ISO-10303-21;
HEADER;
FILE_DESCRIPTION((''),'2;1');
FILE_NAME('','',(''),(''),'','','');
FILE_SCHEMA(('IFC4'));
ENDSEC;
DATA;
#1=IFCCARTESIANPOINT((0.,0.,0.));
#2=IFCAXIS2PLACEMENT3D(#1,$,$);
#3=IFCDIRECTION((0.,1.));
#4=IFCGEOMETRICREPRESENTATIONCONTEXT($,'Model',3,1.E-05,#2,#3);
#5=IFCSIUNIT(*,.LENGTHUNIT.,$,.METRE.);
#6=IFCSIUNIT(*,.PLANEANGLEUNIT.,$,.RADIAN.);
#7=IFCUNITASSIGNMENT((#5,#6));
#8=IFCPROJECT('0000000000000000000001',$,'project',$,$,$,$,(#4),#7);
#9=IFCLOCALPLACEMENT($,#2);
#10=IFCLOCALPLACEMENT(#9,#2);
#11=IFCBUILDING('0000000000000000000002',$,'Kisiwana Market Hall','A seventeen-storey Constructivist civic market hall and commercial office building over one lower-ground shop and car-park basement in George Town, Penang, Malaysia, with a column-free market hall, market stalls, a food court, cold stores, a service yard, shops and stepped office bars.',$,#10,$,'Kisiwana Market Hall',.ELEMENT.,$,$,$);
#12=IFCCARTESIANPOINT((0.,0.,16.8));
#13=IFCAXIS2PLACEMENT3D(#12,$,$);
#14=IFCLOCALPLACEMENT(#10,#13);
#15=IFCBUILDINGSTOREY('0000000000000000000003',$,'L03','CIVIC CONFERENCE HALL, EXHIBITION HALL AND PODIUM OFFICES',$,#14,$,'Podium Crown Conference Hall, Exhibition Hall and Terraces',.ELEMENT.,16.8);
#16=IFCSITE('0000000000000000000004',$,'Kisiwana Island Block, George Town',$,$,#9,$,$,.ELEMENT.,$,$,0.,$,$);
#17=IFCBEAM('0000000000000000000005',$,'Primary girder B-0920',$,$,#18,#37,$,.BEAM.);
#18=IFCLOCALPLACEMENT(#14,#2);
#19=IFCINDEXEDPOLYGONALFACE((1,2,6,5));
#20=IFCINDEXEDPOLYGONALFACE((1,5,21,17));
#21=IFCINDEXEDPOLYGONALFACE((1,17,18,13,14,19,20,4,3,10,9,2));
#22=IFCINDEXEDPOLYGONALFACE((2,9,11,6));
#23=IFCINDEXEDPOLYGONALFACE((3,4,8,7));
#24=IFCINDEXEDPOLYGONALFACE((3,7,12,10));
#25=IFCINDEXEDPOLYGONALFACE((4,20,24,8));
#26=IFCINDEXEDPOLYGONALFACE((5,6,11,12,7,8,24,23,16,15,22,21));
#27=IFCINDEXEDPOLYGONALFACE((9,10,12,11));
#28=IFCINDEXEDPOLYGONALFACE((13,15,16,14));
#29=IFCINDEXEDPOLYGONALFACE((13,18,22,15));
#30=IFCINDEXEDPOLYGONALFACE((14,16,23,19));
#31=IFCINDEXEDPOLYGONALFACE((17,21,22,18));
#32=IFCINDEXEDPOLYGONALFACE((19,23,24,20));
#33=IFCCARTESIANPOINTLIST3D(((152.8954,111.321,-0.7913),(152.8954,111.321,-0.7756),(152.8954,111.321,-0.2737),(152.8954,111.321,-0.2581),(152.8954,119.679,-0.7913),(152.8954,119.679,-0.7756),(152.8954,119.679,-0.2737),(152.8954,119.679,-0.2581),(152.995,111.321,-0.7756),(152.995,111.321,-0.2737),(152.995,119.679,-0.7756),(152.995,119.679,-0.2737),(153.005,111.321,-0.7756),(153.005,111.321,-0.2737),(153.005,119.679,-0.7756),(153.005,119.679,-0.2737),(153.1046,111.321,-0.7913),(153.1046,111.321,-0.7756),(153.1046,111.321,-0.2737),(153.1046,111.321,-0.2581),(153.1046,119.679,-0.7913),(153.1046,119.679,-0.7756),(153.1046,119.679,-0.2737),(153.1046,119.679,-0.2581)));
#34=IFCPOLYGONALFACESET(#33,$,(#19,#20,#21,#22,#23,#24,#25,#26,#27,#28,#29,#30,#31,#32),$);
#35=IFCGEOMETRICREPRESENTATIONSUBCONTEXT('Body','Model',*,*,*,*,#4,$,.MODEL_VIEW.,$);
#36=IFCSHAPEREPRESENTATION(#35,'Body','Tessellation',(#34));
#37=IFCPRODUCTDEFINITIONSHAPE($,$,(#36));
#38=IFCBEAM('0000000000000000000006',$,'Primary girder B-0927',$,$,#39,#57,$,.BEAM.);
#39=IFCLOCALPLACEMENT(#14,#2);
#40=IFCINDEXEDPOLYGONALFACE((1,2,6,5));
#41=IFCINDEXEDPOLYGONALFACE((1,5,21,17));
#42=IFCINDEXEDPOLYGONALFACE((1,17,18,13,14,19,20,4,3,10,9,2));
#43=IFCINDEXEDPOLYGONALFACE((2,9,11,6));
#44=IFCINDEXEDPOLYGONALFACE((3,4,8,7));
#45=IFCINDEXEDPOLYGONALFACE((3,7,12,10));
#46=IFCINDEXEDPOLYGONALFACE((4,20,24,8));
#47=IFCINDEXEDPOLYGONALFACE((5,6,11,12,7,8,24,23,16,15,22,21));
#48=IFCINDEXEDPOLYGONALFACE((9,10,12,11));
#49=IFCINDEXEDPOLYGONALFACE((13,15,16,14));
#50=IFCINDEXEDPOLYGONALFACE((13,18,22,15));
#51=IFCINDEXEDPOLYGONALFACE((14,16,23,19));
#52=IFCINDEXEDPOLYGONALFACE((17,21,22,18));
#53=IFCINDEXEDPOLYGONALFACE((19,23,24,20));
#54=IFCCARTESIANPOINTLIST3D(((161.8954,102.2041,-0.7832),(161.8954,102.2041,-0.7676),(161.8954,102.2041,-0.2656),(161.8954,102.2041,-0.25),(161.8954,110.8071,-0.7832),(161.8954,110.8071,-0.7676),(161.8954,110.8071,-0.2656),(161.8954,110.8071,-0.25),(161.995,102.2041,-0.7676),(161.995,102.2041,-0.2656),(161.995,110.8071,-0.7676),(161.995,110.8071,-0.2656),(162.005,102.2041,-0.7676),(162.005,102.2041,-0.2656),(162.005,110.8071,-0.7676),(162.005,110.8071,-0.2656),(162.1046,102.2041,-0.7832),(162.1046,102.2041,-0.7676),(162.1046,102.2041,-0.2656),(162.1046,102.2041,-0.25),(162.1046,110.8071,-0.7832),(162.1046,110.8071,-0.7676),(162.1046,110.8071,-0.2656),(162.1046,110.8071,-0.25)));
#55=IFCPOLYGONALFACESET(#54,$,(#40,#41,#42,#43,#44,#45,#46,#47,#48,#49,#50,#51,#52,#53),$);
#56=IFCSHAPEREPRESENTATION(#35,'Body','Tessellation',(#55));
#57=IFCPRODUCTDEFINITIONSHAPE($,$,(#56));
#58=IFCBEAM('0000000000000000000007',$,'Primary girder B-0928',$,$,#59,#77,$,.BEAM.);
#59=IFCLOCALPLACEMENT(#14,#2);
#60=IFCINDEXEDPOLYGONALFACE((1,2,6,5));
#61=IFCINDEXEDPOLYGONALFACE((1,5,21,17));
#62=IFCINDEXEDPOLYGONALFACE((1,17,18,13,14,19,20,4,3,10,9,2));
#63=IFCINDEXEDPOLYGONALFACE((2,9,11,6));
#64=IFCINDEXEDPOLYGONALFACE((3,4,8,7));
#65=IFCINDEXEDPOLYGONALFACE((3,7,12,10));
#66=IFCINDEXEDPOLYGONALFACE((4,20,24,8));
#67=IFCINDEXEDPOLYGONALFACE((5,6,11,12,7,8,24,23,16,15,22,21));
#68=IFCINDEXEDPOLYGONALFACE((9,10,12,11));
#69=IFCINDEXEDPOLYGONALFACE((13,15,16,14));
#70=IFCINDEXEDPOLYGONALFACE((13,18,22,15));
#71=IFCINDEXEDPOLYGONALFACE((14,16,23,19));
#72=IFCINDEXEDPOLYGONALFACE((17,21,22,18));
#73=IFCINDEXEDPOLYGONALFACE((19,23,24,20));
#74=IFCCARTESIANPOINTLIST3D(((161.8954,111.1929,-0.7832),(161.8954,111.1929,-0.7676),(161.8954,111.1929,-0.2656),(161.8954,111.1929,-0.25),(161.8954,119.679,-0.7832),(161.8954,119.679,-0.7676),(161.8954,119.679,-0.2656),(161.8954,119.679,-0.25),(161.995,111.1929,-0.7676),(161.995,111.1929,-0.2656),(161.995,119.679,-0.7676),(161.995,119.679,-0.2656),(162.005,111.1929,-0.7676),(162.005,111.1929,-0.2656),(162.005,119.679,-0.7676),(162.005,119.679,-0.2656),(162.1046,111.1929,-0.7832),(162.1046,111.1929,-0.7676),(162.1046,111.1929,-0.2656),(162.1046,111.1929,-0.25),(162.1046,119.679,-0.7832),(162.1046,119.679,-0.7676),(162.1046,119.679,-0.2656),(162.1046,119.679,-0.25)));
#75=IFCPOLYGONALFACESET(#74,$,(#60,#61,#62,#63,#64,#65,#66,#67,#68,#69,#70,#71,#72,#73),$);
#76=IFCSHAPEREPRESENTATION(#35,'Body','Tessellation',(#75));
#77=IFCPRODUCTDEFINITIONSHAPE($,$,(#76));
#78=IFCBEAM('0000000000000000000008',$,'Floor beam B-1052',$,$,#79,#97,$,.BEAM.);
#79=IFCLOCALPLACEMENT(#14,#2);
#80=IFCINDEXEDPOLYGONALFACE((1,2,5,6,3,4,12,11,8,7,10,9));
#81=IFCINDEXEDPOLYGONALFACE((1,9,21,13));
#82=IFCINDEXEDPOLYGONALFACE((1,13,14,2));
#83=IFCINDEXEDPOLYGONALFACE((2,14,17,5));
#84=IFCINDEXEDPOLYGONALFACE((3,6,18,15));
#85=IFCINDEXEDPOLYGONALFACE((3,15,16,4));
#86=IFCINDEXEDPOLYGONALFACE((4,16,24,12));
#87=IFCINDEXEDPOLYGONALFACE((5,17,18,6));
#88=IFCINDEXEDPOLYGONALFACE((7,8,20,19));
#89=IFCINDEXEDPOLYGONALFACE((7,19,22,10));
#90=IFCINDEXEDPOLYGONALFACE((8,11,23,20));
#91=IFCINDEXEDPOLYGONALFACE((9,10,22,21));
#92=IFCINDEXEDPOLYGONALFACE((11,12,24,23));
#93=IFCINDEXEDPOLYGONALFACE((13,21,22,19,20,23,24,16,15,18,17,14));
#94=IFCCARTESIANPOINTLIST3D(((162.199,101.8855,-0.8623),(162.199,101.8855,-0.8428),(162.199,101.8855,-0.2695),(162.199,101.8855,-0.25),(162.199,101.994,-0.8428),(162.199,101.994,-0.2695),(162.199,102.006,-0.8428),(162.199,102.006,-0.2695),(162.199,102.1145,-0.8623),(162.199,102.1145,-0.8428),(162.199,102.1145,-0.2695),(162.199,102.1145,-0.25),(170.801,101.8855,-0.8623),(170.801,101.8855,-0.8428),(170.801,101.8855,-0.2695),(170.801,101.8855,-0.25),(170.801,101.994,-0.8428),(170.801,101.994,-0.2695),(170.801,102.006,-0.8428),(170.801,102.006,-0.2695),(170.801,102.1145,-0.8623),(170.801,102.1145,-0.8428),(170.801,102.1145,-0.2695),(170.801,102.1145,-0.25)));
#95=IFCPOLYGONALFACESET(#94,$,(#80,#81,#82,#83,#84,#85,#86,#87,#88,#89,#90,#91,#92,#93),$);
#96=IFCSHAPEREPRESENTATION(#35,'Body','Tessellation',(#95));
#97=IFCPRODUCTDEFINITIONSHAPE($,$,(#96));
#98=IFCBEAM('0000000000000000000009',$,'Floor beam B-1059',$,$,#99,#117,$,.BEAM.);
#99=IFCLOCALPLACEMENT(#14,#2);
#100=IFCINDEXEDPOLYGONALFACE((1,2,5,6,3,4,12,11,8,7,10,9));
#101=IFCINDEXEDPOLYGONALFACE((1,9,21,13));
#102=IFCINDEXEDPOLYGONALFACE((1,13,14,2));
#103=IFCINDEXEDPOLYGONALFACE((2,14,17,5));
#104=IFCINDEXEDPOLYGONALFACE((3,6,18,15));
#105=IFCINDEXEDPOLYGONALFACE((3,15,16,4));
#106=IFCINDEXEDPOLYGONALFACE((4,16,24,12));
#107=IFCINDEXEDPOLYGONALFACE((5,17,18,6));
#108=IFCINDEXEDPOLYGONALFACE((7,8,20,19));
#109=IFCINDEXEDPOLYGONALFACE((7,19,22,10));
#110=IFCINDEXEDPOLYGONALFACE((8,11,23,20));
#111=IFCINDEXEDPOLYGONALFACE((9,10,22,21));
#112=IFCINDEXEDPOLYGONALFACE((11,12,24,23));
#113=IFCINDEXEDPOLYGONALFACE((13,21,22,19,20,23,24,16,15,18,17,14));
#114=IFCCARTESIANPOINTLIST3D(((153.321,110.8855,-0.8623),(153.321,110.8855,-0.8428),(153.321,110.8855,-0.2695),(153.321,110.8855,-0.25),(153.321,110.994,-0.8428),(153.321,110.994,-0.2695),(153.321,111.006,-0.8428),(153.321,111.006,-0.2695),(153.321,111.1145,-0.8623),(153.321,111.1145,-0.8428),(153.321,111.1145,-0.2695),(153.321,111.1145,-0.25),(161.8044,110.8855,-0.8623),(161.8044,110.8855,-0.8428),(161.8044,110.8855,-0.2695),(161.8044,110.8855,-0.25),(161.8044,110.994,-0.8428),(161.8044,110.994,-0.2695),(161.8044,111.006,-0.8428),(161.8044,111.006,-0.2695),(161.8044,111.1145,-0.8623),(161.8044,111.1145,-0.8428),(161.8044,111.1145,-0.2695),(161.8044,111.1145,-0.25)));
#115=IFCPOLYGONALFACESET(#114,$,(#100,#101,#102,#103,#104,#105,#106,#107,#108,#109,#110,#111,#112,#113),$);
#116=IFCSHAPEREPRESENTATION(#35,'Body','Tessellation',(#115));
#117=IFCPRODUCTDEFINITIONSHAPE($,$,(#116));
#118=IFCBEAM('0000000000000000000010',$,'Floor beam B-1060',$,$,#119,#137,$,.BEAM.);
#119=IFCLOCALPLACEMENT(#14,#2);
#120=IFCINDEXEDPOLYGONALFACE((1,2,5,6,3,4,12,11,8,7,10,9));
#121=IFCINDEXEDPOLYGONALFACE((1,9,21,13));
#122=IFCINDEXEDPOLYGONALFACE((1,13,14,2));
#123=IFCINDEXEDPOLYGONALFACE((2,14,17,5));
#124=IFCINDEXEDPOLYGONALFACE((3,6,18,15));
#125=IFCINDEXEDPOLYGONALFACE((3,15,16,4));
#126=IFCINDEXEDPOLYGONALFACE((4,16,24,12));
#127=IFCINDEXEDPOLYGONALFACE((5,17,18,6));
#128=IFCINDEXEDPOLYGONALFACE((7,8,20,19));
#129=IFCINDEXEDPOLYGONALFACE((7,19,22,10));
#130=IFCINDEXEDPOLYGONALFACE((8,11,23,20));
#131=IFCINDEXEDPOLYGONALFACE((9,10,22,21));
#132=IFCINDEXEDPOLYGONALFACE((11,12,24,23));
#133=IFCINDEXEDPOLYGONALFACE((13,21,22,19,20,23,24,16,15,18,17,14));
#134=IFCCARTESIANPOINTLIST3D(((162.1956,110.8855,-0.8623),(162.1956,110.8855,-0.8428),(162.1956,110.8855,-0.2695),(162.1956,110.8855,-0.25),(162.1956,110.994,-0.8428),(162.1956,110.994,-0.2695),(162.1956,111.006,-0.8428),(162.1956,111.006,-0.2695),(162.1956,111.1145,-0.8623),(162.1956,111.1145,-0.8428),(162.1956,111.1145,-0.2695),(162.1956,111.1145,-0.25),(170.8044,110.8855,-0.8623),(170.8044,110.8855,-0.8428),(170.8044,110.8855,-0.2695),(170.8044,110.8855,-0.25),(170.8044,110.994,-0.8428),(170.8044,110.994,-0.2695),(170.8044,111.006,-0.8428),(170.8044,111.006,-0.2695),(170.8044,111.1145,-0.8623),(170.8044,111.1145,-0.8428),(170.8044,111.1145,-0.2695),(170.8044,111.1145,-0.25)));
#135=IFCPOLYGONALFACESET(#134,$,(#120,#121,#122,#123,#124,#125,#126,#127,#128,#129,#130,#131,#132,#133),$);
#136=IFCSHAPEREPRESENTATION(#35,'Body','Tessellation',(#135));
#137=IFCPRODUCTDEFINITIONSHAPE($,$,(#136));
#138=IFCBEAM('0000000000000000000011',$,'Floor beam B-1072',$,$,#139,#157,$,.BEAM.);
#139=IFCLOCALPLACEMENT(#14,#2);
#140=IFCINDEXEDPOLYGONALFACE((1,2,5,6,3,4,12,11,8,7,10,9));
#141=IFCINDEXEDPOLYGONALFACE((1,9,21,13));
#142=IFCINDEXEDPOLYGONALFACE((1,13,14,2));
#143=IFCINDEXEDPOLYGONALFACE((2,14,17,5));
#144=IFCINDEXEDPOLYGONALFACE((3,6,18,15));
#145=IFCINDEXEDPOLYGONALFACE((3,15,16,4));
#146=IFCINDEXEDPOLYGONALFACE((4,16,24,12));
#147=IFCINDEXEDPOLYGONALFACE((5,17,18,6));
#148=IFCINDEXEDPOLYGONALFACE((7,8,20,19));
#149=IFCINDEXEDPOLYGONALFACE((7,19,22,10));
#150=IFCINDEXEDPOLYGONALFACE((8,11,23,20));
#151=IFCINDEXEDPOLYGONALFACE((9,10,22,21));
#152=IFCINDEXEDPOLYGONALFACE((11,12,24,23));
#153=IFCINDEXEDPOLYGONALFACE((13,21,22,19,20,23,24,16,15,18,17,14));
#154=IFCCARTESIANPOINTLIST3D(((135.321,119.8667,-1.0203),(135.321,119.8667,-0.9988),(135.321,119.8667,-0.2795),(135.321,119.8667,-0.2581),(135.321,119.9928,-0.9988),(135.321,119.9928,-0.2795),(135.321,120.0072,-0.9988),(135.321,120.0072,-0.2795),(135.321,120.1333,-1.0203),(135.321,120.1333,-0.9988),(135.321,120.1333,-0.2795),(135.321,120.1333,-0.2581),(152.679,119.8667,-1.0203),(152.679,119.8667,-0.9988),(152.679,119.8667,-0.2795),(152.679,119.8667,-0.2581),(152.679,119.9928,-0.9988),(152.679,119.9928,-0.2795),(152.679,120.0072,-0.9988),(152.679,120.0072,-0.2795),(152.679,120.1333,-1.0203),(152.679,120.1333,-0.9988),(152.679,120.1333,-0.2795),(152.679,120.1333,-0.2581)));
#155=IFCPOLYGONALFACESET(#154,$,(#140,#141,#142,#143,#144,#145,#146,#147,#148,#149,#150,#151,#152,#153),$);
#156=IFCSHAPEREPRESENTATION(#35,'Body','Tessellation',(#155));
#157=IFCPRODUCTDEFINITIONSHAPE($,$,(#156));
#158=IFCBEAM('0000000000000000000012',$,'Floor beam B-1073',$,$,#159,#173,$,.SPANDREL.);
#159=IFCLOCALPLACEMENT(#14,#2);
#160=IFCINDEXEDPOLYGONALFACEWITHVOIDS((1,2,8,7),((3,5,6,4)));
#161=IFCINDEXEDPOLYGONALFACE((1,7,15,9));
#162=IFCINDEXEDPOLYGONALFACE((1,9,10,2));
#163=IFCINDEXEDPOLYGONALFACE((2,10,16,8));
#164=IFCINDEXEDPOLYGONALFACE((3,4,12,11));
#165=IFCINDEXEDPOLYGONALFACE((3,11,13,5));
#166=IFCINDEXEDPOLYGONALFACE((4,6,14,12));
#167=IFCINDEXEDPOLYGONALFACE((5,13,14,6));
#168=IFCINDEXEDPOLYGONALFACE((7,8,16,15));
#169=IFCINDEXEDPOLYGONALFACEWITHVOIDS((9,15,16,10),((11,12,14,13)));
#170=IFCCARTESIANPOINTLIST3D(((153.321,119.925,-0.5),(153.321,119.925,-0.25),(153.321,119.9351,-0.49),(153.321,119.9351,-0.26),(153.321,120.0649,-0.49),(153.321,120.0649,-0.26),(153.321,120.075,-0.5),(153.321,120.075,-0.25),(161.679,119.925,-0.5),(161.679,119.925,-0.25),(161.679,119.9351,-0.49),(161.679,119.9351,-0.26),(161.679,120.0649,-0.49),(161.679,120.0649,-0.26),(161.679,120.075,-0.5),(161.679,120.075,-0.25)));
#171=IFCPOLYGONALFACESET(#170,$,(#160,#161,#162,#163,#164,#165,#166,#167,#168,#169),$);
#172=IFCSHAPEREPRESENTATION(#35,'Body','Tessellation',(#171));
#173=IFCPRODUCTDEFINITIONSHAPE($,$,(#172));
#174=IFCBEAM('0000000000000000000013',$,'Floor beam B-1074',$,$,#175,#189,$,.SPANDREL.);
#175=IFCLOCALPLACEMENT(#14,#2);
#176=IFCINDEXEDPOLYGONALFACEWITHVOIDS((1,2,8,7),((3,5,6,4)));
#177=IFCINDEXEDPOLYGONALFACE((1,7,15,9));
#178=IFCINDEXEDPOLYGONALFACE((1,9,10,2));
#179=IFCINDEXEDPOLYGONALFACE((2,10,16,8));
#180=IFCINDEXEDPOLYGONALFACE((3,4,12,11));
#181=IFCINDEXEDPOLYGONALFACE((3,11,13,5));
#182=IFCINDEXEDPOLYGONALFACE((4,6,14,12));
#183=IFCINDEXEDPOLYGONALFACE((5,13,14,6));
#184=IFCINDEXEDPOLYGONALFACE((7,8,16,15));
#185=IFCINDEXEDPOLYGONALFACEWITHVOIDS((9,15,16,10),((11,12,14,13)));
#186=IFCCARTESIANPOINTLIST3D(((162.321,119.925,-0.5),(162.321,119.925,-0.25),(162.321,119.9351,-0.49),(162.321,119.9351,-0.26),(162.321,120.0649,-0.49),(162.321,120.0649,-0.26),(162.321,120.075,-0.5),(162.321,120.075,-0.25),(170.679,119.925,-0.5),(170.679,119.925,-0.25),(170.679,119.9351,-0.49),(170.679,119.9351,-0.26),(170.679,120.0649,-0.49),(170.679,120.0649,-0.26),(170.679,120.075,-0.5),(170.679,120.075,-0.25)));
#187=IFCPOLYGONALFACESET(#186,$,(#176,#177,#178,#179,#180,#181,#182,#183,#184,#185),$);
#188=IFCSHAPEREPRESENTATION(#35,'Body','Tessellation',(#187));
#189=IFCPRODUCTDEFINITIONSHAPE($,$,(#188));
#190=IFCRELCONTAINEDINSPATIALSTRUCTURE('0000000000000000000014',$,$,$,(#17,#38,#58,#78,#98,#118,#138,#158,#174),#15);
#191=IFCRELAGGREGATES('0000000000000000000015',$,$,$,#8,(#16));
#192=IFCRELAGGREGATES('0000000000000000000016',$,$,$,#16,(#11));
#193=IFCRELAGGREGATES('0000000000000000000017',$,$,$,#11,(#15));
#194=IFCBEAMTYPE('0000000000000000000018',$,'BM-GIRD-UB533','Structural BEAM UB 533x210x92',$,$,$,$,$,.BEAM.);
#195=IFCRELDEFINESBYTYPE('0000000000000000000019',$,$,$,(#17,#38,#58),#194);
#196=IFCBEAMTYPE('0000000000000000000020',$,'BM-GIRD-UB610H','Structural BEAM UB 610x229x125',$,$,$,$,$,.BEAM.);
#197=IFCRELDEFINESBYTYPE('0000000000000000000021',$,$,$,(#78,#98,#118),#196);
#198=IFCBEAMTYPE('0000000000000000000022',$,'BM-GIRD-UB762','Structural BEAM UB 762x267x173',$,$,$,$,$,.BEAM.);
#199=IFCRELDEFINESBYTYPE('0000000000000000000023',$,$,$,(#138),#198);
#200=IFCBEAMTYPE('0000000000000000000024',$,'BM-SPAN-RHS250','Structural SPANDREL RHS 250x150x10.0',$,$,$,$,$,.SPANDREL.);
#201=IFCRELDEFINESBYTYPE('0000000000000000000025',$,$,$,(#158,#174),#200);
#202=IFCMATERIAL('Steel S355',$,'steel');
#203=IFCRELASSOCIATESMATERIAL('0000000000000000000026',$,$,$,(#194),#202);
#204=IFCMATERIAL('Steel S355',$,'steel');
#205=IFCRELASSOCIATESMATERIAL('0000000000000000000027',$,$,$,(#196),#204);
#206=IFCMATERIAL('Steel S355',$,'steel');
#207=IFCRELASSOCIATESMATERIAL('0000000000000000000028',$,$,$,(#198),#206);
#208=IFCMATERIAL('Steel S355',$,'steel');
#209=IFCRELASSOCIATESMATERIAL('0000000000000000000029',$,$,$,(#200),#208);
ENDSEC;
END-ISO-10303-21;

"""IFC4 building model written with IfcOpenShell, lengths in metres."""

from ifc_helpers import new_model, si_unit, direction, frame, origin, origin_2d, place, context, subcontext, project, spatial, hollow_rectangle, i_section, extrude, material, material_profile, profile_set, type_object, element, save


model = new_model("IFC4")

# Units and contexts
model_context = context("Model", 3, precision=1e-05, world=origin(), true_north=direction((0.0, 1.0)))
body_context = subcontext(model_context, "Body", "Model", "MODEL_VIEW")
ifc_project = project(units=[si_unit("LENGTHUNIT", "METRE"), si_unit("PLANEANGLEUNIT", "RADIAN")], contexts=[model_context])

# Site, building, storey
site_placement = place(None, origin())
site = spatial("IfcSite", under=ifc_project, at=site_placement, Name="Kisiwana Island Block, George Town", CompositionType="ELEMENT", RefElevation=0.0)
building_placement = place(site_placement, origin())
building = spatial("IfcBuilding", under=site, at=building_placement, Name="Kisiwana Market Hall", Description="A seventeen-storey Constructivist civic market hall and commercial office building over one lower-ground shop and car-park basement in George Town, Penang, Malaysia, with a column-free market hall, market stalls, a food court, cold stores, a service yard, shops and stepped office bars.", LongName="Kisiwana Market Hall", CompositionType="ELEMENT")
storey_placement = place(building_placement, frame((0.0, 0.0, 16.8)))
storey = spatial("IfcBuildingStorey", under=building, at=storey_placement, Name="L03", Description="CIVIC CONFERENCE HALL, EXHIBITION HALL AND PODIUM OFFICES", LongName="Podium Crown Conference Hall, Exhibition Hall and Terraces", CompositionType="ELEMENT", Elevation=16.8)

# Beams
ifc_material_1 = material(Name="Steel S355", Category="steel")
ifc_material_profile_1 = material_profile(ifc_material_1, i_section(OverallWidth=0.2092, OverallDepth=0.5332, WebThickness=0.01, FlangeThickness=0.0156, at=origin_2d()), Name="UB 533x210x92")
ifc_profile_set_1 = profile_set([ifc_material_profile_1], Name="Steel S355")
beam_type_1 = type_object("IfcBeamType", Name="BM-GIRD-UB533", Description="Structural BEAM UB 533x210x92", PredefinedType="BEAM", material=ifc_profile_set_1)
for number, where, z_axis, x_axis, name in (
    (1, (153.0, 111.321, -0.5247), (0.0, 1.0, 0.0), (-1.0, 0.0, 0.0), "Primary girder B-0920"),
):
    element("IfcBeam", number, at=place(storey_placement, frame(where, z_axis=z_axis, x_axis=x_axis)), inside=storey, type_object=beam_type_1, Name=name, PredefinedType="BEAM", context=body_context, shape_type="SweptSolid", body=[
        extrude(i_section(OverallWidth=0.2092, OverallDepth=0.5332, WebThickness=0.01, FlangeThickness=0.0156, at=origin_2d()), origin(), (0.0, 0.0, 1.0), 8.3579),
    ])
beam_1_placement = place(storey_placement, frame((162.0, 102.2041, -0.5166), z_axis=(0.0, 1.0, 0.0), x_axis=(-1.0, 0.0, 0.0)))
element("IfcBeam", 2, at=beam_1_placement, inside=storey, type_object=beam_type_1, Name="Primary girder B-0927", PredefinedType="BEAM", context=body_context, shape_type="SweptSolid", body=[
    extrude(i_section(OverallWidth=0.2092, OverallDepth=0.5332, WebThickness=0.01, FlangeThickness=0.0156, at=origin_2d()), origin(), (0.0, 0.0, 1.0), 8.603),
])
beam_2_placement = place(storey_placement, frame((162.0, 111.1929, -0.5166), z_axis=(0.0, 1.0, 0.0), x_axis=(-1.0, 0.0, 0.0)))
element("IfcBeam", 3, at=beam_2_placement, inside=storey, type_object=beam_type_1, Name="Primary girder B-0928", PredefinedType="BEAM", context=body_context, shape_type="SweptSolid", body=[
    extrude(i_section(OverallWidth=0.2092, OverallDepth=0.5332, WebThickness=0.01, FlangeThickness=0.0156, at=origin_2d()), origin(), (0.0, 0.0, 1.0), 8.4861),
])
ifc_material_2 = material(Name="Steel S355", Category="steel")
ifc_material_profile_2 = material_profile(ifc_material_2, i_section(OverallWidth=0.229, OverallDepth=0.6123, WebThickness=0.012, FlangeThickness=0.0195, at=origin_2d()), Name="UB 610x229x125")
ifc_profile_set_2 = profile_set([ifc_material_profile_2], Name="Steel S355")
beam_type_2 = type_object("IfcBeamType", Name="BM-GIRD-UB610H", Description="Structural BEAM UB 610x229x125", PredefinedType="BEAM", material=ifc_profile_set_2)
beam_3_placement = place(storey_placement, frame((162.199, 102.0, -0.5562), z_axis=(1.0, 0.0, 0.0), x_axis=(0.0, 1.0, 0.0)))
element("IfcBeam", 4, at=beam_3_placement, inside=storey, type_object=beam_type_2, Name="Floor beam B-1052", PredefinedType="BEAM", context=body_context, shape_type="SweptSolid", body=[
    extrude(i_section(OverallWidth=0.229, OverallDepth=0.6123, WebThickness=0.012, FlangeThickness=0.0195, at=origin_2d()), origin(), (0.0, 0.0, 1.0), 8.6021),
])
beam_4_placement = place(storey_placement, frame((153.321, 111.0, -0.5562), z_axis=(1.0, 0.0, 0.0), x_axis=(0.0, 1.0, 0.0)))
element("IfcBeam", 5, at=beam_4_placement, inside=storey, type_object=beam_type_2, Name="Floor beam B-1059", PredefinedType="BEAM", context=body_context, shape_type="SweptSolid", body=[
    extrude(i_section(OverallWidth=0.229, OverallDepth=0.6123, WebThickness=0.012, FlangeThickness=0.0195, at=origin_2d()), origin(), (0.0, 0.0, 1.0), 8.4834),
])
beam_5_placement = place(storey_placement, frame((162.1956, 111.0, -0.5562), z_axis=(1.0, 0.0, 0.0), x_axis=(0.0, 1.0, 0.0)))
element("IfcBeam", 6, at=beam_5_placement, inside=storey, type_object=beam_type_2, Name="Floor beam B-1060", PredefinedType="BEAM", context=body_context, shape_type="SweptSolid", body=[
    extrude(i_section(OverallWidth=0.229, OverallDepth=0.6123, WebThickness=0.012, FlangeThickness=0.0195, at=origin_2d()), origin(), (0.0, 0.0, 1.0), 8.6089),
])
ifc_material_3 = material(Name="Steel S355", Category="steel")
ifc_material_profile_3 = material_profile(ifc_material_3, i_section(OverallWidth=0.2666, OverallDepth=0.7622, WebThickness=0.0144, FlangeThickness=0.0215, at=origin_2d()), Name="UB 762x267x173")
ifc_profile_set_3 = profile_set([ifc_material_profile_3], Name="Steel S355")
beam_type_3 = type_object("IfcBeamType", Name="BM-GIRD-UB762", Description="Structural BEAM UB 762x267x173", PredefinedType="BEAM", material=ifc_profile_set_3)
beam_6_placement = place(storey_placement, frame((135.321, 120.0, -0.6392), z_axis=(1.0, 0.0, 0.0), x_axis=(0.0, 1.0, 0.0)))
element("IfcBeam", 7, at=beam_6_placement, inside=storey, type_object=beam_type_3, Name="Floor beam B-1072", PredefinedType="BEAM", context=body_context, shape_type="SweptSolid", body=[
    extrude(i_section(OverallWidth=0.2666, OverallDepth=0.7622, WebThickness=0.0144, FlangeThickness=0.0215, at=origin_2d()), origin(), (0.0, 0.0, 1.0), 17.3579),
])
ifc_material_4 = material(Name="Steel S355", Category="steel")
ifc_material_profile_4 = material_profile(ifc_material_4, hollow_rectangle(XDim=0.1499, YDim=0.25, WallThickness=0.01, at=origin_2d()), Name="RHS 250x150x10.0")
ifc_profile_set_4 = profile_set([ifc_material_profile_4], Name="Steel S355")
beam_type_4 = type_object("IfcBeamType", Name="BM-SPAN-RHS250", Description="Structural SPANDREL RHS 250x150x10.0", PredefinedType="SPANDREL", material=ifc_profile_set_4)
for number, where, z_axis, x_axis, name in (
    (8, (153.321, 120.0, -0.375), (1.0, 0.0, 0.0), (0.0, 1.0, 0.0), "Floor beam B-1073"),
    (9, (162.321, 120.0, -0.375), (1.0, 0.0, 0.0), (0.0, 1.0, 0.0), "Floor beam B-1074"),
):
    element("IfcBeam", number, at=place(storey_placement, frame(where, z_axis=z_axis, x_axis=x_axis)), inside=storey, type_object=beam_type_4, Name=name, PredefinedType="SPANDREL", context=body_context, shape_type="SweptSolid", body=[
        extrude(hollow_rectangle(XDim=0.1499, YDim=0.25, WallThickness=0.01, at=origin_2d()), origin(), (0.0, 0.0, 1.0), 8.3579),
    ])

save(model, "model.ifc")
